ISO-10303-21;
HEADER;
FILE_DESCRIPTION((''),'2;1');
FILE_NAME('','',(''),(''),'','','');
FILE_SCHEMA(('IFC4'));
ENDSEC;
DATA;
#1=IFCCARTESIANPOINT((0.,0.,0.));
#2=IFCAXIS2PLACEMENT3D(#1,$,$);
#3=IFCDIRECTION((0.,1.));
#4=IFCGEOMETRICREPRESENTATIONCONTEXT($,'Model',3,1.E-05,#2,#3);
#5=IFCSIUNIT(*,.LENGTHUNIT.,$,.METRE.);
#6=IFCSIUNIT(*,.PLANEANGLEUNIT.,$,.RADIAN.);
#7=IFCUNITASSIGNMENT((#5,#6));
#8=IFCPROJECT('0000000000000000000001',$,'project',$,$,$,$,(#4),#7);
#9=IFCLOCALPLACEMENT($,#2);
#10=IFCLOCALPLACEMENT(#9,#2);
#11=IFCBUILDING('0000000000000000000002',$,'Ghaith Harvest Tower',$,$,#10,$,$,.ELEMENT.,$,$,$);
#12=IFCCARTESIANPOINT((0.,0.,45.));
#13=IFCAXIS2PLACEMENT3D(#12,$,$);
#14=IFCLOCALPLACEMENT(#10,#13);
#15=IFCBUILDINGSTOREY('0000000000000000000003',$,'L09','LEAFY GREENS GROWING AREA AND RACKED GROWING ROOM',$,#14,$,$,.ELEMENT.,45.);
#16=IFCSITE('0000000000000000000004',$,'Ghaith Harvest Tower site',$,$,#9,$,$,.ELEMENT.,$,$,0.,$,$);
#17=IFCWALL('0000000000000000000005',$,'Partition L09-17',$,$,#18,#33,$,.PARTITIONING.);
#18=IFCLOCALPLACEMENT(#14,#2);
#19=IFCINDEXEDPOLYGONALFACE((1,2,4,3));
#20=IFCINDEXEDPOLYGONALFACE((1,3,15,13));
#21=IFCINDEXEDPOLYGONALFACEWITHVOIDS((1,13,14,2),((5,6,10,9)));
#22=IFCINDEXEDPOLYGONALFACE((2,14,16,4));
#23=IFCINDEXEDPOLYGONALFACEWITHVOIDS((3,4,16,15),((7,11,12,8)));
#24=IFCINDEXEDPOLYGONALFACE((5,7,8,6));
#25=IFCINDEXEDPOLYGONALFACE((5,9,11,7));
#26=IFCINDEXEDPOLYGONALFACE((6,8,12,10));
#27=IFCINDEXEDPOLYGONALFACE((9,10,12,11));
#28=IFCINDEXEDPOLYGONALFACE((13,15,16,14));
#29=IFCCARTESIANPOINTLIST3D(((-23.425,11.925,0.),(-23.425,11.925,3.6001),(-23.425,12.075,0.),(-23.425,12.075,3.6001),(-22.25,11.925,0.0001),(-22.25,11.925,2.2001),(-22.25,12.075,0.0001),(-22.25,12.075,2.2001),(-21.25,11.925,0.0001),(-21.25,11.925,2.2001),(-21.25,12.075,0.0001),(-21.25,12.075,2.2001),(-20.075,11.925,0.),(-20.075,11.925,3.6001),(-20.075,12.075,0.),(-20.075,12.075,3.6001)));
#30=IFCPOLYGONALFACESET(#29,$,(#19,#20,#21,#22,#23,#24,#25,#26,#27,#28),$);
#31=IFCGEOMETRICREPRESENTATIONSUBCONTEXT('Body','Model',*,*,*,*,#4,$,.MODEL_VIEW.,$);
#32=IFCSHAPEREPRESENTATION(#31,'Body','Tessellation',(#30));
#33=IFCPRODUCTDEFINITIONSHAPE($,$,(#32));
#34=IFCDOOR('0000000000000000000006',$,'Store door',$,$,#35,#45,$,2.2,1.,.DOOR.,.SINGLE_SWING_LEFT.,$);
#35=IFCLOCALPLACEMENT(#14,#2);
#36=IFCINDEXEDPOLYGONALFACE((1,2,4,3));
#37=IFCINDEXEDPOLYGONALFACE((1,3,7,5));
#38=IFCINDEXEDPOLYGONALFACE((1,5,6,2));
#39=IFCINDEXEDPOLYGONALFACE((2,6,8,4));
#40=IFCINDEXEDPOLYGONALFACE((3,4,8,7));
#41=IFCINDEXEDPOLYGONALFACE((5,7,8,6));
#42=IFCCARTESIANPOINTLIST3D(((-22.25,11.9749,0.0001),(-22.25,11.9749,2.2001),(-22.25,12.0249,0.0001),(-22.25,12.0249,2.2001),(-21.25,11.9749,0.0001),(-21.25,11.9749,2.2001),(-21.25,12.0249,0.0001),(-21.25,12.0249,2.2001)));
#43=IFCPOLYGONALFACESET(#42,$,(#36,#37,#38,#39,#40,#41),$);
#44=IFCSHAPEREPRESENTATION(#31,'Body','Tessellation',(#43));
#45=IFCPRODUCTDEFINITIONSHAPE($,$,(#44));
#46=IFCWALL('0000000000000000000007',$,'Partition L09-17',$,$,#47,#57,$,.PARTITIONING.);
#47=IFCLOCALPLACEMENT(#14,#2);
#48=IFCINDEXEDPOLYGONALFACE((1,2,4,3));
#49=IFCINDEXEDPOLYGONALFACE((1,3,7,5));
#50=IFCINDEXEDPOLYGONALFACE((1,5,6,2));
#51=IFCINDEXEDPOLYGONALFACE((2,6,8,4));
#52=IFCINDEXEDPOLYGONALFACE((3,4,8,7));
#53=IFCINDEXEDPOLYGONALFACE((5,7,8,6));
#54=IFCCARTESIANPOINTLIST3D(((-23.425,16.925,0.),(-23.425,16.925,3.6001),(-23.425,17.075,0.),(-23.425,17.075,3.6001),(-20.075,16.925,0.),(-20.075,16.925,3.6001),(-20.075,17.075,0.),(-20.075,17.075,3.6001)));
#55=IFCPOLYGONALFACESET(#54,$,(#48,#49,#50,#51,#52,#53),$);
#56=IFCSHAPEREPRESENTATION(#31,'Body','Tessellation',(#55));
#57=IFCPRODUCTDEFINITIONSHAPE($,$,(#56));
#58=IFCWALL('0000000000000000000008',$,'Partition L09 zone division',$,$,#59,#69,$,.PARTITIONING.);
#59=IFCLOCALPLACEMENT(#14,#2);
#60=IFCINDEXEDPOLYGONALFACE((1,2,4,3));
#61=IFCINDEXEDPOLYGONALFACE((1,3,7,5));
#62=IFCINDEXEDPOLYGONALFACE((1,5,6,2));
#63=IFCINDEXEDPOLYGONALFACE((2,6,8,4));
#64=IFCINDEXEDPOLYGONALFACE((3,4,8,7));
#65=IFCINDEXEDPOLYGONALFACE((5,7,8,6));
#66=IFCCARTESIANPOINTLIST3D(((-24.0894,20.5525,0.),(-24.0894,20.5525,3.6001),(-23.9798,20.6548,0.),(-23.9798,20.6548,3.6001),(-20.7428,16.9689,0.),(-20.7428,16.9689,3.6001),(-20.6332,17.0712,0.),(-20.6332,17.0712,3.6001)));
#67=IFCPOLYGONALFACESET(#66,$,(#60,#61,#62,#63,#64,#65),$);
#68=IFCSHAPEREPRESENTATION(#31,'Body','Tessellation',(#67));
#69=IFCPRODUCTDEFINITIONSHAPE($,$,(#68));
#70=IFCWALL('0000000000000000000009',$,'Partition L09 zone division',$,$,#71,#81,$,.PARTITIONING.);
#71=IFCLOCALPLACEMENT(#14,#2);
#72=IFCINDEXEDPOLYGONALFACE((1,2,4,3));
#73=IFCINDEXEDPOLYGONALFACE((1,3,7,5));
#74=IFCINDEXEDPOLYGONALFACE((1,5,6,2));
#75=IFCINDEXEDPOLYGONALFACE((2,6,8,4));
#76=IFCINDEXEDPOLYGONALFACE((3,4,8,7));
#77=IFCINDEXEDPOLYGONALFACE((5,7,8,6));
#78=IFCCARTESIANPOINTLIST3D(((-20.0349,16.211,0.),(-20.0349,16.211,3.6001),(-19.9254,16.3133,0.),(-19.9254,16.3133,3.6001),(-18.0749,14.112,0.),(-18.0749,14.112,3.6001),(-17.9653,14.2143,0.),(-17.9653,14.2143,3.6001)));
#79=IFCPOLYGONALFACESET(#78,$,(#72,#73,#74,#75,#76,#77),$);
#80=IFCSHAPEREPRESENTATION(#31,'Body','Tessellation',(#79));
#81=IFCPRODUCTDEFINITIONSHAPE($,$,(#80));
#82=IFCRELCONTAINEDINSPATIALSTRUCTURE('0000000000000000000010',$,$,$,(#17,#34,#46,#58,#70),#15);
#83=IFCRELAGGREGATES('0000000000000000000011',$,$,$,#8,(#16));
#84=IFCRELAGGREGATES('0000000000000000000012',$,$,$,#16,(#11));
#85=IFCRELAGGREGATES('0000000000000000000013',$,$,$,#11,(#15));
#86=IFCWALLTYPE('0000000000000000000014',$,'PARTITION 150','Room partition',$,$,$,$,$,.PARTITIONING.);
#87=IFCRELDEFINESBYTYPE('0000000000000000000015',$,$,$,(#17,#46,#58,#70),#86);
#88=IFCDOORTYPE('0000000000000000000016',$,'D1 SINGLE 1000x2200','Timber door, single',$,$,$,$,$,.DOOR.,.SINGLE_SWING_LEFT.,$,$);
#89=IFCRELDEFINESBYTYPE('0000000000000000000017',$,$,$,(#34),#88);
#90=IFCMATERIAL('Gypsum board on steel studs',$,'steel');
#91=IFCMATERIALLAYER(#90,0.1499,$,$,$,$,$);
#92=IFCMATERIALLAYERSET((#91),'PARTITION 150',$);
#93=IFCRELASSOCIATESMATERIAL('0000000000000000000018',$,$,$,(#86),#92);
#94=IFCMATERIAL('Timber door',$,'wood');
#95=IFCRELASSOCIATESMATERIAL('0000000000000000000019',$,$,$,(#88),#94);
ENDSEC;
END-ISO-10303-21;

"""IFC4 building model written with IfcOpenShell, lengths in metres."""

from ifc_helpers import new_model, si_unit, direction, frame, frame_2d, origin, place, context, subcontext, project, spatial, rectangle, extrude, material, layer, layer_set, type_object, element, fill, save


model = new_model("IFC4")

# Units and contexts
model_context = context("Model", 3, precision=1e-05, world=origin(), true_north=direction((0.0, 1.0)))
body_context = subcontext(model_context, "Body", "Model", "MODEL_VIEW")
ifc_project = project(units=[si_unit("LENGTHUNIT", "METRE"), si_unit("PLANEANGLEUNIT", "RADIAN")], contexts=[model_context])

# Site, building, storey
site_placement = place(None, origin())
site = spatial("IfcSite", under=ifc_project, at=site_placement, Name="Ghaith Harvest Tower site", CompositionType="ELEMENT", RefElevation=0.0)
building_placement = place(site_placement, origin())
building = spatial("IfcBuilding", under=site, at=building_placement, Name="Ghaith Harvest Tower", CompositionType="ELEMENT")
storey_placement = place(building_placement, frame((0.0, 0.0, 45.0)))
storey = spatial("IfcBuildingStorey", under=building, at=storey_placement, Name="L09", Description="LEAFY GREENS GROWING AREA AND RACKED GROWING ROOM", CompositionType="ELEMENT", Elevation=45.0)

# Wall, opening, door
ifc_material_1 = material(Name="Gypsum board on steel studs", Category="steel")
ifc_layer_1 = layer(ifc_material_1, 0.1499)
ifc_layer_set_1 = layer_set([ifc_layer_1], Name="PARTITION 150")
wall_type_1 = type_object("IfcWallType", Name="PARTITION 150", Description="Room partition", PredefinedType="PARTITIONING", material=ifc_layer_set_1)
wall_1_placement = place(storey_placement, frame((-23.425, 12.0, 0.0), z_axis=(0.0, 0.0, 1.0), x_axis=(1.0, 0.0, 0.0)))
wall_1 = element("IfcWall", 1, at=wall_1_placement, inside=storey, type_object=wall_type_1, Name="Partition L09-17", PredefinedType="PARTITIONING", context=body_context, shape_type="SweptSolid", body=[
    extrude(rectangle(XDim=3.3501, YDim=0.1499, at=frame_2d((1.675, 0.0))), origin(), (0.0, 0.0, 1.0), 3.6001),
])
opening_1_placement = place(wall_1_placement, frame((1.175, 0.0, 0.0)))
opening_1 = element("IfcOpeningElement", 2, at=opening_1_placement, cuts=wall_1, PredefinedType="OPENING", context=body_context, shape_type="SweptSolid", body=[
    extrude(rectangle(XDim=1.0, YDim=2.2, at=frame_2d((0.5, 1.1001))), frame((0.0, 0.085, 0.0), z_axis=(0.0, -1.0, 0.0), x_axis=(1.0, 0.0, 0.0)), (0.0, 0.0, 1.0), 0.1699),
])
ifc_material_2 = material(Name="Timber door", Category="wood")
door_type_1 = type_object("IfcDoorType", Name="D1 SINGLE 1000x2200", Description="Timber door, single", OperationType="SINGLE_SWING_LEFT", PredefinedType="DOOR", material=ifc_material_2)
door_1_placement = place(opening_1_placement, origin())
door_1 = element("IfcDoor", 3, at=door_1_placement, inside=storey, type_object=door_type_1, Name="Store door", OperationType="SINGLE_SWING_LEFT", OverallHeight=2.2, OverallWidth=1.0, PredefinedType="DOOR", context=body_context, shape_type="SweptSolid", body=[
    extrude(rectangle(XDim=1.0, YDim=2.2, at=frame_2d((0.5, 1.1001))), frame((0.0, 0.0249, 0.0), z_axis=(0.0, -1.0, 0.0), x_axis=(1.0, 0.0, 0.0)), (0.0, 0.0, 1.0), 0.05),
])
fill(opening_1, door_1)

# Walls
wall_2_placement = place(storey_placement, frame((-23.425, 17.0, 0.0), z_axis=(0.0, 0.0, 1.0), x_axis=(1.0, 0.0, 0.0)))
element("IfcWall", 4, at=wall_2_placement, inside=storey, type_object=wall_type_1, Name="Partition L09-17", PredefinedType="PARTITIONING", context=body_context, shape_type="SweptSolid", body=[
    extrude(rectangle(XDim=3.3501, YDim=0.1499, at=frame_2d((1.675, 0.0))), origin(), (0.0, 0.0, 1.0), 3.6001),
])
wall_3_placement = place(storey_placement, frame((-20.688, 17.02, 0.0), z_axis=(0.0, 0.0, 1.0), x_axis=(-0.68252, 0.730866, 0.0)))
element("IfcWall", 5, at=wall_3_placement, inside=storey, type_object=wall_type_1, Name="Partition L09 zone division", PredefinedType="PARTITIONING", context=body_context, shape_type="SweptSolid", body=[
    extrude(rectangle(XDim=4.9033, YDim=0.1499, at=frame_2d((2.4517, 0.0))), origin(), (0.0, 0.0, 1.0), 3.6001),
])
wall_4_placement = place(storey_placement, frame((-18.02, 14.1631, 0.0), z_axis=(0.0, 0.0, 1.0), x_axis=(-0.682506, 0.73088, 0.0)))
element("IfcWall", 6, at=wall_4_placement, inside=storey, type_object=wall_type_1, Name="Partition L09 zone division", PredefinedType="PARTITIONING", context=body_context, shape_type="SweptSolid", body=[
    extrude(rectangle(XDim=2.8718, YDim=0.1499, at=frame_2d((1.436, 0.0))), origin(), (0.0, 0.0, 1.0), 3.6001),
])

save(model, "model.ifc")
